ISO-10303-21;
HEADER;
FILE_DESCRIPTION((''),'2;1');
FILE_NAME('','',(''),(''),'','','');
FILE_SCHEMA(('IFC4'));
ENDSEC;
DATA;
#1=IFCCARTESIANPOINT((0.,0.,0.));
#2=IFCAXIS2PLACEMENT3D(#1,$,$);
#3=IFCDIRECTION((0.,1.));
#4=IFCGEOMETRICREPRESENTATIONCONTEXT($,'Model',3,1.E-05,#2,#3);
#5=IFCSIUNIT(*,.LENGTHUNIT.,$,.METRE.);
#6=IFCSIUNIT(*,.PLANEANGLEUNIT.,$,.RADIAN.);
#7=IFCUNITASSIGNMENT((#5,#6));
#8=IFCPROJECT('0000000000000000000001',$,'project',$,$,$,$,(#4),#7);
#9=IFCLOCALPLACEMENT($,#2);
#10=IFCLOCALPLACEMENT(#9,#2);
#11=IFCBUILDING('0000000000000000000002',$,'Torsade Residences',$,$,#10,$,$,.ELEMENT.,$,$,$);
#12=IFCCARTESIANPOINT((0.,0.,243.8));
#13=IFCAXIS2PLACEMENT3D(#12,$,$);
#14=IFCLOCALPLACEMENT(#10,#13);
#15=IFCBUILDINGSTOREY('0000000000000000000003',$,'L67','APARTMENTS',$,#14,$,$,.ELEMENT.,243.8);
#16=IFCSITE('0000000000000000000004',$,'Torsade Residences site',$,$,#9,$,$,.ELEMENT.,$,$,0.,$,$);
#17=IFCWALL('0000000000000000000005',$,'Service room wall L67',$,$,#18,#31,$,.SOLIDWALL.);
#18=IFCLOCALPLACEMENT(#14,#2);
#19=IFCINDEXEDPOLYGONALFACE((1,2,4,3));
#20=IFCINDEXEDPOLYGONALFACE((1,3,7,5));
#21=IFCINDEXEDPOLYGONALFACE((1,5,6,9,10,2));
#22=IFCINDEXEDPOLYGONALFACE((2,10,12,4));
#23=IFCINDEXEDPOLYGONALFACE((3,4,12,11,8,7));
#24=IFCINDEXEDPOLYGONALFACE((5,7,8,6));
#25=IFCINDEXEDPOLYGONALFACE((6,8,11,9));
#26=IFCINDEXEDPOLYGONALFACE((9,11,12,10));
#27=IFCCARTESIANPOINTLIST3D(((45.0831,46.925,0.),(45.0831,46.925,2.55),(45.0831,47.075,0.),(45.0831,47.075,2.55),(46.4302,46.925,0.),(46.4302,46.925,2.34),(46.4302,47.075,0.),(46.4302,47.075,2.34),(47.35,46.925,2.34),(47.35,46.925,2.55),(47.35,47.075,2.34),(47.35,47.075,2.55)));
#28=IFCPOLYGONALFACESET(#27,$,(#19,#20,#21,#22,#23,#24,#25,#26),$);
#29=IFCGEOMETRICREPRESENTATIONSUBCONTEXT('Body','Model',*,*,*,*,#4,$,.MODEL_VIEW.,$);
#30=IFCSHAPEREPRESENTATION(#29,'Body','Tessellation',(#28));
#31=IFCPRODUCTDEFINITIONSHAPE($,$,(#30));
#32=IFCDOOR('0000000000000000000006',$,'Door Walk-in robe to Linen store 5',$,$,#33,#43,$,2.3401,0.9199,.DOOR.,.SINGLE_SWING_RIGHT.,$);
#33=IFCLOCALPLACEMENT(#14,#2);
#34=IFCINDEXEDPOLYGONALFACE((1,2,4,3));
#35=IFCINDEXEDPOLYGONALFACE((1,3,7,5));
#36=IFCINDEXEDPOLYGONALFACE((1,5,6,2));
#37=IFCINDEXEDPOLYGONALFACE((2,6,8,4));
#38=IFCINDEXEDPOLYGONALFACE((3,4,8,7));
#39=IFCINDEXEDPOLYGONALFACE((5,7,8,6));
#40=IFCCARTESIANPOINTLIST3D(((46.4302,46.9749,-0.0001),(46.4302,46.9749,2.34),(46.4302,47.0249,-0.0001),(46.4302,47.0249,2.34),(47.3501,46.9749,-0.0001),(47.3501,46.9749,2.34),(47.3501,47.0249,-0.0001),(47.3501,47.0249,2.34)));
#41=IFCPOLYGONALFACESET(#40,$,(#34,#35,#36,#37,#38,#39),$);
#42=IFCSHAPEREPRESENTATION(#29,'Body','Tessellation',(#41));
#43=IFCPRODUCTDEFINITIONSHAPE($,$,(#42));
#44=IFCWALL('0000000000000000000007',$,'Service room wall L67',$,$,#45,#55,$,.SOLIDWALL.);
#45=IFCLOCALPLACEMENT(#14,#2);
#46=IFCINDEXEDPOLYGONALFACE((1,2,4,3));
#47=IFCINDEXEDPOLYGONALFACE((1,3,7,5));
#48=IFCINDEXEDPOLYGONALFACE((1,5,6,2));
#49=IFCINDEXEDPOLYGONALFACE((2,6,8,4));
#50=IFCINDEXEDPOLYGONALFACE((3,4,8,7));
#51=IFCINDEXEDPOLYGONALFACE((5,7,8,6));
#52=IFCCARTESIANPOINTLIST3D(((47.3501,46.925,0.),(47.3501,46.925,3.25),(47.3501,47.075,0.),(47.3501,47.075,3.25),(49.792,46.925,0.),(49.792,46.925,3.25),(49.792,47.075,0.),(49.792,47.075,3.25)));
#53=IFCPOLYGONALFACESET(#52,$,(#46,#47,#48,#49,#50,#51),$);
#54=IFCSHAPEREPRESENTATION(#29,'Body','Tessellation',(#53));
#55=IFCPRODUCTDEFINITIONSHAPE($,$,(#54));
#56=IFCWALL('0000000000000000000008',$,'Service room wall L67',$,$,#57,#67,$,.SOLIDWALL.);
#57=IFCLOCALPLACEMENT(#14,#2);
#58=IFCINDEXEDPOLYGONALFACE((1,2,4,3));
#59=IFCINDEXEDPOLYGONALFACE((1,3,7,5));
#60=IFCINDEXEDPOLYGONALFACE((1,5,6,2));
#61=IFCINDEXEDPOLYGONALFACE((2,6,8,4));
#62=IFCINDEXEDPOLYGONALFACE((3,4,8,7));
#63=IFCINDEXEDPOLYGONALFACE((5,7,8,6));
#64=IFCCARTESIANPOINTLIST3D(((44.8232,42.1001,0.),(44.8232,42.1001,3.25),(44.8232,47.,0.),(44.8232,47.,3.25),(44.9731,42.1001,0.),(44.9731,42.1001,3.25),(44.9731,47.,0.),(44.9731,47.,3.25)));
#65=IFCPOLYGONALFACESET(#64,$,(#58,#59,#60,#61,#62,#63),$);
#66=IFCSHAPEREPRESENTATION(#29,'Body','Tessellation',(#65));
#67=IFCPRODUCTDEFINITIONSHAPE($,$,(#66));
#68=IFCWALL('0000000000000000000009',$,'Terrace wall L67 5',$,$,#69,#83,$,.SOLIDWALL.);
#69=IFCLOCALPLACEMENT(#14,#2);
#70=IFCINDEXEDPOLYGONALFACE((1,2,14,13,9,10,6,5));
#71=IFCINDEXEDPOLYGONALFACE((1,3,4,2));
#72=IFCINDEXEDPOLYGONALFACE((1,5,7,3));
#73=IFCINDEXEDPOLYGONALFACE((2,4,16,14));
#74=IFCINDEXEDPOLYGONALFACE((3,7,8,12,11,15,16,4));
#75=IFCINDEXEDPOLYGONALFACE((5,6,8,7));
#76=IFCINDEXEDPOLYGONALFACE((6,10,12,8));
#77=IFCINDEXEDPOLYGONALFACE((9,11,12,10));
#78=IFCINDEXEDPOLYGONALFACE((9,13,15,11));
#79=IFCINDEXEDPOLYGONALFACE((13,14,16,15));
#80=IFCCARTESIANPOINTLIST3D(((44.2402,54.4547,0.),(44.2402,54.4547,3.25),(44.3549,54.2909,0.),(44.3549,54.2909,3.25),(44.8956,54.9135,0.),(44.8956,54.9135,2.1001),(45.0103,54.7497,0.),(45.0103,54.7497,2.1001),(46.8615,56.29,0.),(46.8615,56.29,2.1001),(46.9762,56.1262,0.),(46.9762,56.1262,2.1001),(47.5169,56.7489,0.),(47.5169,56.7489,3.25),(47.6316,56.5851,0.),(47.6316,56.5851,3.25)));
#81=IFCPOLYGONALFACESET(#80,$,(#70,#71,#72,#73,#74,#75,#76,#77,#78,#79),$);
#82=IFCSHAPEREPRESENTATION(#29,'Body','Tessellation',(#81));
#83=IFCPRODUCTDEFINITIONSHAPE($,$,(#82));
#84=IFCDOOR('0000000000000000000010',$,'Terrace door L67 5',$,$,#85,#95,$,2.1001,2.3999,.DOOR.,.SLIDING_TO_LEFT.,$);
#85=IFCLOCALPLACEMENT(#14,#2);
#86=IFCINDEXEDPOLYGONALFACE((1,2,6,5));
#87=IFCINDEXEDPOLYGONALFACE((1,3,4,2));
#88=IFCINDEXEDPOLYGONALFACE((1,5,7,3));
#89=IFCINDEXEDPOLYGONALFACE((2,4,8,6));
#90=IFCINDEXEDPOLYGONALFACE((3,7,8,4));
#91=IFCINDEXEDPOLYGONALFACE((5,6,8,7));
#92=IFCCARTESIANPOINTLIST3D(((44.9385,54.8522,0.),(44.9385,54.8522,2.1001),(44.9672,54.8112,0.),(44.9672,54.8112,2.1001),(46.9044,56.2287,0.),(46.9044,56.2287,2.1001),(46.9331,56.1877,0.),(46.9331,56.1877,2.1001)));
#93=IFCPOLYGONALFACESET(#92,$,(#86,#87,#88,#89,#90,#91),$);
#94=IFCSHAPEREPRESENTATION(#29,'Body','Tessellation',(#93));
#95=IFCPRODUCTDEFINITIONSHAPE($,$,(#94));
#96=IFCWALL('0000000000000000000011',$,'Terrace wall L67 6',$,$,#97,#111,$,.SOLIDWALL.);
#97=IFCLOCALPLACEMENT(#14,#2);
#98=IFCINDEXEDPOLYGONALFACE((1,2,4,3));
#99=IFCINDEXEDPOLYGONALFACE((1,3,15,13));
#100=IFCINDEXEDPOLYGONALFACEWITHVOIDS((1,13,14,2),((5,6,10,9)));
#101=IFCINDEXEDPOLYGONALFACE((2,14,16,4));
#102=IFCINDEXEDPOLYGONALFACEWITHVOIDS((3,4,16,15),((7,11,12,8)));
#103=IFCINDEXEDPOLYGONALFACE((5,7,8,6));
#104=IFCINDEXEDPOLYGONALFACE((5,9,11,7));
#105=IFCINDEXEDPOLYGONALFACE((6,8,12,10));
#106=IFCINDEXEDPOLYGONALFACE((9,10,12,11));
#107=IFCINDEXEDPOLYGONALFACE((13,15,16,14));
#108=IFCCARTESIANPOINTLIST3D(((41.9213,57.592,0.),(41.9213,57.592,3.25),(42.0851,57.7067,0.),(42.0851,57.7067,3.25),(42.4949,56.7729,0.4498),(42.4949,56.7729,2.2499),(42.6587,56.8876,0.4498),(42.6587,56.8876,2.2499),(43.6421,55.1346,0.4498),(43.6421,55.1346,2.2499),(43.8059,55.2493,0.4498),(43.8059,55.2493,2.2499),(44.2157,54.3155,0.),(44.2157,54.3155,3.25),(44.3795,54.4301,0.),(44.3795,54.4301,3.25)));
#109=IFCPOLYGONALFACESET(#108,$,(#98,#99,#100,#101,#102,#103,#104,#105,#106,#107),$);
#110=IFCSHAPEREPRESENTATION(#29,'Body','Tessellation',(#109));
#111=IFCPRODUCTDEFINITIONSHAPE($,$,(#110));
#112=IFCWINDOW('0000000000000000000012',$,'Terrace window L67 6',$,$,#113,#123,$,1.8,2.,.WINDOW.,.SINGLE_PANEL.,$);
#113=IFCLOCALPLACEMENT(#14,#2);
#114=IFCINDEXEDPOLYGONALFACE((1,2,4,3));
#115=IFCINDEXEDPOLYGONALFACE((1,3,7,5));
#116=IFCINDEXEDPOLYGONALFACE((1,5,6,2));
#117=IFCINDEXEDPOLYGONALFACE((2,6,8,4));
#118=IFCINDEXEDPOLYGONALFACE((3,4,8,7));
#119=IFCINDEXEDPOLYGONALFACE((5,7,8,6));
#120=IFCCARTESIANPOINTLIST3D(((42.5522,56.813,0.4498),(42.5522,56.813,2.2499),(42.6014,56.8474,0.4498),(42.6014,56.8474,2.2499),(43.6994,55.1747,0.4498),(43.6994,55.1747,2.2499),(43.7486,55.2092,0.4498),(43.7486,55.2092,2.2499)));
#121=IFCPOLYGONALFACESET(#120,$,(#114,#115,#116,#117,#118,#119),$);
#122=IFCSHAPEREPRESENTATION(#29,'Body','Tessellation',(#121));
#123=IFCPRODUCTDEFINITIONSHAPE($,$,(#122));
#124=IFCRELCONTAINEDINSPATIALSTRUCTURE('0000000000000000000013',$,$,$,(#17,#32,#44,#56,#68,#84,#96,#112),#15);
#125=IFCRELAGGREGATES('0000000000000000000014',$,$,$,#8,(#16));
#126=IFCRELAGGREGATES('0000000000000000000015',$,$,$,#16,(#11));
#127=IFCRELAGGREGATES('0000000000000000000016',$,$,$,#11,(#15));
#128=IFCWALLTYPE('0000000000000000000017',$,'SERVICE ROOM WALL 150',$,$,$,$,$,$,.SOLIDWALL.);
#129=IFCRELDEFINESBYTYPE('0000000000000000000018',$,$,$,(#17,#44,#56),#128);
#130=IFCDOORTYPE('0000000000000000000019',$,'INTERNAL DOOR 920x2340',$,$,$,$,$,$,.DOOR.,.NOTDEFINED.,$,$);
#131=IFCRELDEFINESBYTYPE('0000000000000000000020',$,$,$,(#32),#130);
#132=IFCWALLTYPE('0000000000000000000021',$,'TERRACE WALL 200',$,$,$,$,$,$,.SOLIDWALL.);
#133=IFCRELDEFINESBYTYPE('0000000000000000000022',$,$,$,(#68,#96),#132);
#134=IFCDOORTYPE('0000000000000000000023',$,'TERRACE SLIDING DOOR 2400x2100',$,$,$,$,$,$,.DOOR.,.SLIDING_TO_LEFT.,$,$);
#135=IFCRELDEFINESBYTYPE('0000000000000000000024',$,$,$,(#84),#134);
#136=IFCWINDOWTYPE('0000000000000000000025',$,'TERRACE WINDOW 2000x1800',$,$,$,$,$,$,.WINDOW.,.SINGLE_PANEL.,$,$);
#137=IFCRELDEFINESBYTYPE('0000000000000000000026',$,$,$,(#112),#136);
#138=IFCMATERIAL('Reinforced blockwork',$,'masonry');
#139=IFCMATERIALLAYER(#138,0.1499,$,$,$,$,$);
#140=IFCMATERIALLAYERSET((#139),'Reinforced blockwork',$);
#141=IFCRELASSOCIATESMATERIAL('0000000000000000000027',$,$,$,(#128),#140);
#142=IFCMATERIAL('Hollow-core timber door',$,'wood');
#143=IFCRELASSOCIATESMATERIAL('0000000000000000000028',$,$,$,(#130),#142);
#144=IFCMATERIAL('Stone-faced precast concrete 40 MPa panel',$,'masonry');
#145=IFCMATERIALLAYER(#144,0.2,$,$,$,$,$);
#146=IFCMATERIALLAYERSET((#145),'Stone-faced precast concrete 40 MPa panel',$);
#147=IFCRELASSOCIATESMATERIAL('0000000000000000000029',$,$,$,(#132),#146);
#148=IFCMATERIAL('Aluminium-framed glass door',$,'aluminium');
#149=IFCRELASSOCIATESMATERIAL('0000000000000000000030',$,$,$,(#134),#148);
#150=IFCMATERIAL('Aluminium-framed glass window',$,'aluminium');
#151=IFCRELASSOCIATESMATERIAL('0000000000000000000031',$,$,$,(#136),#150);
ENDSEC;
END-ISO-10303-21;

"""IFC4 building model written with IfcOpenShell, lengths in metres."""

from ifc_helpers import new_model, si_unit, direction, frame, frame_2d, origin, place, context, subcontext, project, spatial, rectangle, extrude, material, layer, layer_set, type_object, element, fill, save


model = new_model("IFC4")

# Units and contexts
model_context = context("Model", 3, precision=1e-05, world=origin(), true_north=direction((0.0, 1.0)))
body_context = subcontext(model_context, "Body", "Model", "MODEL_VIEW")
ifc_project = project(units=[si_unit("LENGTHUNIT", "METRE"), si_unit("PLANEANGLEUNIT", "RADIAN")], contexts=[model_context])

# Site, building, storey
site_placement = place(None, origin())
site = spatial("IfcSite", under=ifc_project, at=site_placement, Name="Torsade Residences site", CompositionType="ELEMENT", RefElevation=0.0)
building_placement = place(site_placement, origin())
building = spatial("IfcBuilding", under=site, at=building_placement, Name="Torsade Residences", CompositionType="ELEMENT")
storey_placement = place(building_placement, frame((0.0, 0.0, 243.8)))
storey = spatial("IfcBuildingStorey", under=building, at=storey_placement, Name="L67", Description="APARTMENTS", CompositionType="ELEMENT", Elevation=243.8)

# Shared definitions
ifc_material_1 = material(Name="Reinforced blockwork", Category="masonry")
ifc_layer_1 = layer(ifc_material_1, 0.1499)
ifc_layer_set_1 = layer_set([ifc_layer_1], Name="Reinforced blockwork")
wall_type_1 = type_object("IfcWallType", Name="SERVICE ROOM WALL 150", PredefinedType="SOLIDWALL", material=ifc_layer_set_1)

# Wall, opening, door
wall_1_placement = place(storey_placement, frame((45.0833, 47.0, 0.0), z_axis=(0.0, 0.0, 1.0), x_axis=(1.0, 0.0, 0.0)))
wall_1 = element("IfcWall", 1, at=wall_1_placement, inside=storey, type_object=wall_type_1, Name="Service room wall L67", PredefinedType="SOLIDWALL", context=body_context, shape_type="SweptSolid", body=[
    extrude(rectangle(XDim=2.2668, YDim=0.1499, at=frame_2d((1.1333, 0.0))), origin(), (0.0, 0.0, 1.0), 2.55),
])
opening_1_placement = place(wall_1_placement, frame((1.3469, 0.0, 0.0)))
opening_1 = element("IfcOpeningElement", 2, at=opening_1_placement, cuts=wall_1, PredefinedType="OPENING", context=body_context, shape_type="SweptSolid", body=[
    extrude(rectangle(XDim=0.9199, YDim=2.3401, at=frame_2d((0.46, 1.1699))), frame((0.0, 0.085, 0.0), z_axis=(0.0, -1.0, 0.0), x_axis=(1.0, 0.0, 0.0)), (0.0, 0.0, 1.0), 0.1699),
])
ifc_material_2 = material(Name="Hollow-core timber door", Category="wood")
door_type_1 = type_object("IfcDoorType", Name="INTERNAL DOOR 920x2340", OperationType="NOTDEFINED", PredefinedType="DOOR", material=ifc_material_2)
door_1_placement = place(opening_1_placement, origin())
door_1 = element("IfcDoor", 3, at=door_1_placement, inside=storey, type_object=door_type_1, Name="Door Walk-in robe to Linen store 5", OperationType="SINGLE_SWING_RIGHT", OverallHeight=2.3401, OverallWidth=0.9199, PredefinedType="DOOR", context=body_context, shape_type="SweptSolid", body=[
    extrude(rectangle(XDim=0.9199, YDim=2.3401, at=frame_2d((0.46, 1.1699))), frame((0.0, 0.0249, 0.0), z_axis=(0.0, -1.0, 0.0), x_axis=(1.0, 0.0, 0.0)), (0.0, 0.0, 1.0), 0.05),
])
fill(opening_1, door_1)

# Walls
wall_2_placement = place(storey_placement, frame((47.3501, 47.0, 0.0), z_axis=(0.0, 0.0, 1.0), x_axis=(1.0, 0.0, 0.0)))
element("IfcWall", 4, at=wall_2_placement, inside=storey, type_object=wall_type_1, Name="Service room wall L67", PredefinedType="SOLIDWALL", context=body_context, shape_type="SweptSolid", body=[
    extrude(rectangle(XDim=2.4419, YDim=0.1499, at=frame_2d((1.2209, 0.0))), origin(), (0.0, 0.0, 1.0), 3.25),
])
wall_3_placement = place(storey_placement, frame((44.8982, 47.0, 0.0), z_axis=(0.0, 0.0, 1.0), x_axis=(0.0, -1.0, 0.0)))
element("IfcWall", 5, at=wall_3_placement, inside=storey, type_object=wall_type_1, Name="Service room wall L67", PredefinedType="SOLIDWALL", context=body_context, shape_type="SweptSolid", body=[
    extrude(rectangle(XDim=4.8999, YDim=0.1499, at=frame_2d((2.45, 0.0))), origin(), (0.0, 0.0, 1.0), 3.25),
])

# Wall, opening, door
ifc_material_3 = material(Name="Stone-faced precast concrete 40 MPa panel", Category="masonry")
ifc_layer_2 = layer(ifc_material_3, 0.2)
ifc_layer_set_2 = layer_set([ifc_layer_2], Name="Stone-faced precast concrete 40 MPa panel")
wall_type_2 = type_object("IfcWallType", Name="TERRACE WALL 200", PredefinedType="SOLIDWALL", material=ifc_layer_set_2)
wall_4_placement = place(storey_placement, frame((47.5742, 56.667, 0.0), z_axis=(0.0, 0.0, 1.0), x_axis=(-0.819166, -0.573557, 0.0)))
wall_4 = element("IfcWall", 6, at=wall_4_placement, inside=storey, type_object=wall_type_2, Name="Terrace wall L67 5", PredefinedType="SOLIDWALL", context=body_context, shape_type="SweptSolid", body=[
    extrude(rectangle(XDim=4.0, YDim=0.2, at=frame_2d((2.0, 0.0))), origin(), (0.0, 0.0, 1.0), 3.25),
])
opening_2_placement = place(wall_4_placement, frame((0.8, 0.0, 0.0)))
opening_2 = element("IfcOpeningElement", 7, at=opening_2_placement, cuts=wall_4, PredefinedType="OPENING", context=body_context, shape_type="SweptSolid", body=[
    extrude(rectangle(XDim=2.3999, YDim=2.1001, at=frame_2d((1.2, 1.05))), frame((0.0, 0.1099, 0.0), z_axis=(0.0, -1.0, 0.0), x_axis=(1.0, 0.0, 0.0)), (0.0, 0.0, 1.0), 0.22),
])
ifc_material_4 = material(Name="Aluminium-framed glass door", Category="aluminium")
door_type_2 = type_object("IfcDoorType", Name="TERRACE SLIDING DOOR 2400x2100", OperationType="SLIDING_TO_LEFT", PredefinedType="DOOR", material=ifc_material_4)
door_2_placement = place(opening_2_placement, origin())
door_2 = element("IfcDoor", 8, at=door_2_placement, inside=storey, type_object=door_type_2, Name="Terrace door L67 5", OperationType="SLIDING_TO_LEFT", OverallHeight=2.1001, OverallWidth=2.3999, PredefinedType="DOOR", context=body_context, shape_type="SweptSolid", body=[
    extrude(rectangle(XDim=2.3999, YDim=2.1001, at=frame_2d((1.2, 1.05))), frame((0.0, 0.0249, 0.0), z_axis=(0.0, -1.0, 0.0), x_axis=(1.0, 0.0, 0.0)), (0.0, 0.0, 1.0), 0.05),
])
fill(opening_2, door_2)

# Wall, opening, window
wall_5_placement = place(storey_placement, frame((44.2976, 54.3728, 0.0), z_axis=(0.0, 0.0, 1.0), x_axis=(-0.573598, 0.819137, 0.0)))
wall_5 = element("IfcWall", 9, at=wall_5_placement, inside=storey, type_object=wall_type_2, Name="Terrace wall L67 6", PredefinedType="SOLIDWALL", context=body_context, shape_type="SweptSolid", body=[
    extrude(rectangle(XDim=4.0, YDim=0.2, at=frame_2d((2.0, 0.0))), origin(), (0.0, 0.0, 1.0), 3.25),
])
opening_3_placement = place(wall_5_placement, frame((1.0, 0.0, 0.45)))
opening_3 = element("IfcOpeningElement", 10, at=opening_3_placement, cuts=wall_5, PredefinedType="OPENING", context=body_context, shape_type="SweptSolid", body=[
    extrude(rectangle(XDim=2.0, YDim=1.8, at=frame_2d((1.0, 0.8999))), frame((0.0, 0.1099, 0.0), z_axis=(0.0, -1.0, 0.0), x_axis=(1.0, 0.0, 0.0)), (0.0, 0.0, 1.0), 0.22),
])
ifc_material_5 = material(Name="Aluminium-framed glass window", Category="aluminium")
window_type = type_object("IfcWindowType", Name="TERRACE WINDOW 2000x1800", PartitioningType="SINGLE_PANEL", PredefinedType="WINDOW", material=ifc_material_5)
window_placement = place(opening_3_placement, origin())
window = element("IfcWindow", 11, at=window_placement, inside=storey, type_object=window_type, Name="Terrace window L67 6", OverallHeight=1.8, OverallWidth=2.0, PartitioningType="SINGLE_PANEL", PredefinedType="WINDOW", context=body_context, shape_type="SweptSolid", body=[
    extrude(rectangle(XDim=2.0, YDim=1.8, at=frame_2d((1.0, 0.8999))), frame((0.0, 0.03, 0.0), z_axis=(0.0, -1.0, 0.0), x_axis=(1.0, 0.0, 0.0)), (0.0, 0.0, 1.0), 0.0601),
])
fill(opening_3, window)

save(model, "model.ifc")
